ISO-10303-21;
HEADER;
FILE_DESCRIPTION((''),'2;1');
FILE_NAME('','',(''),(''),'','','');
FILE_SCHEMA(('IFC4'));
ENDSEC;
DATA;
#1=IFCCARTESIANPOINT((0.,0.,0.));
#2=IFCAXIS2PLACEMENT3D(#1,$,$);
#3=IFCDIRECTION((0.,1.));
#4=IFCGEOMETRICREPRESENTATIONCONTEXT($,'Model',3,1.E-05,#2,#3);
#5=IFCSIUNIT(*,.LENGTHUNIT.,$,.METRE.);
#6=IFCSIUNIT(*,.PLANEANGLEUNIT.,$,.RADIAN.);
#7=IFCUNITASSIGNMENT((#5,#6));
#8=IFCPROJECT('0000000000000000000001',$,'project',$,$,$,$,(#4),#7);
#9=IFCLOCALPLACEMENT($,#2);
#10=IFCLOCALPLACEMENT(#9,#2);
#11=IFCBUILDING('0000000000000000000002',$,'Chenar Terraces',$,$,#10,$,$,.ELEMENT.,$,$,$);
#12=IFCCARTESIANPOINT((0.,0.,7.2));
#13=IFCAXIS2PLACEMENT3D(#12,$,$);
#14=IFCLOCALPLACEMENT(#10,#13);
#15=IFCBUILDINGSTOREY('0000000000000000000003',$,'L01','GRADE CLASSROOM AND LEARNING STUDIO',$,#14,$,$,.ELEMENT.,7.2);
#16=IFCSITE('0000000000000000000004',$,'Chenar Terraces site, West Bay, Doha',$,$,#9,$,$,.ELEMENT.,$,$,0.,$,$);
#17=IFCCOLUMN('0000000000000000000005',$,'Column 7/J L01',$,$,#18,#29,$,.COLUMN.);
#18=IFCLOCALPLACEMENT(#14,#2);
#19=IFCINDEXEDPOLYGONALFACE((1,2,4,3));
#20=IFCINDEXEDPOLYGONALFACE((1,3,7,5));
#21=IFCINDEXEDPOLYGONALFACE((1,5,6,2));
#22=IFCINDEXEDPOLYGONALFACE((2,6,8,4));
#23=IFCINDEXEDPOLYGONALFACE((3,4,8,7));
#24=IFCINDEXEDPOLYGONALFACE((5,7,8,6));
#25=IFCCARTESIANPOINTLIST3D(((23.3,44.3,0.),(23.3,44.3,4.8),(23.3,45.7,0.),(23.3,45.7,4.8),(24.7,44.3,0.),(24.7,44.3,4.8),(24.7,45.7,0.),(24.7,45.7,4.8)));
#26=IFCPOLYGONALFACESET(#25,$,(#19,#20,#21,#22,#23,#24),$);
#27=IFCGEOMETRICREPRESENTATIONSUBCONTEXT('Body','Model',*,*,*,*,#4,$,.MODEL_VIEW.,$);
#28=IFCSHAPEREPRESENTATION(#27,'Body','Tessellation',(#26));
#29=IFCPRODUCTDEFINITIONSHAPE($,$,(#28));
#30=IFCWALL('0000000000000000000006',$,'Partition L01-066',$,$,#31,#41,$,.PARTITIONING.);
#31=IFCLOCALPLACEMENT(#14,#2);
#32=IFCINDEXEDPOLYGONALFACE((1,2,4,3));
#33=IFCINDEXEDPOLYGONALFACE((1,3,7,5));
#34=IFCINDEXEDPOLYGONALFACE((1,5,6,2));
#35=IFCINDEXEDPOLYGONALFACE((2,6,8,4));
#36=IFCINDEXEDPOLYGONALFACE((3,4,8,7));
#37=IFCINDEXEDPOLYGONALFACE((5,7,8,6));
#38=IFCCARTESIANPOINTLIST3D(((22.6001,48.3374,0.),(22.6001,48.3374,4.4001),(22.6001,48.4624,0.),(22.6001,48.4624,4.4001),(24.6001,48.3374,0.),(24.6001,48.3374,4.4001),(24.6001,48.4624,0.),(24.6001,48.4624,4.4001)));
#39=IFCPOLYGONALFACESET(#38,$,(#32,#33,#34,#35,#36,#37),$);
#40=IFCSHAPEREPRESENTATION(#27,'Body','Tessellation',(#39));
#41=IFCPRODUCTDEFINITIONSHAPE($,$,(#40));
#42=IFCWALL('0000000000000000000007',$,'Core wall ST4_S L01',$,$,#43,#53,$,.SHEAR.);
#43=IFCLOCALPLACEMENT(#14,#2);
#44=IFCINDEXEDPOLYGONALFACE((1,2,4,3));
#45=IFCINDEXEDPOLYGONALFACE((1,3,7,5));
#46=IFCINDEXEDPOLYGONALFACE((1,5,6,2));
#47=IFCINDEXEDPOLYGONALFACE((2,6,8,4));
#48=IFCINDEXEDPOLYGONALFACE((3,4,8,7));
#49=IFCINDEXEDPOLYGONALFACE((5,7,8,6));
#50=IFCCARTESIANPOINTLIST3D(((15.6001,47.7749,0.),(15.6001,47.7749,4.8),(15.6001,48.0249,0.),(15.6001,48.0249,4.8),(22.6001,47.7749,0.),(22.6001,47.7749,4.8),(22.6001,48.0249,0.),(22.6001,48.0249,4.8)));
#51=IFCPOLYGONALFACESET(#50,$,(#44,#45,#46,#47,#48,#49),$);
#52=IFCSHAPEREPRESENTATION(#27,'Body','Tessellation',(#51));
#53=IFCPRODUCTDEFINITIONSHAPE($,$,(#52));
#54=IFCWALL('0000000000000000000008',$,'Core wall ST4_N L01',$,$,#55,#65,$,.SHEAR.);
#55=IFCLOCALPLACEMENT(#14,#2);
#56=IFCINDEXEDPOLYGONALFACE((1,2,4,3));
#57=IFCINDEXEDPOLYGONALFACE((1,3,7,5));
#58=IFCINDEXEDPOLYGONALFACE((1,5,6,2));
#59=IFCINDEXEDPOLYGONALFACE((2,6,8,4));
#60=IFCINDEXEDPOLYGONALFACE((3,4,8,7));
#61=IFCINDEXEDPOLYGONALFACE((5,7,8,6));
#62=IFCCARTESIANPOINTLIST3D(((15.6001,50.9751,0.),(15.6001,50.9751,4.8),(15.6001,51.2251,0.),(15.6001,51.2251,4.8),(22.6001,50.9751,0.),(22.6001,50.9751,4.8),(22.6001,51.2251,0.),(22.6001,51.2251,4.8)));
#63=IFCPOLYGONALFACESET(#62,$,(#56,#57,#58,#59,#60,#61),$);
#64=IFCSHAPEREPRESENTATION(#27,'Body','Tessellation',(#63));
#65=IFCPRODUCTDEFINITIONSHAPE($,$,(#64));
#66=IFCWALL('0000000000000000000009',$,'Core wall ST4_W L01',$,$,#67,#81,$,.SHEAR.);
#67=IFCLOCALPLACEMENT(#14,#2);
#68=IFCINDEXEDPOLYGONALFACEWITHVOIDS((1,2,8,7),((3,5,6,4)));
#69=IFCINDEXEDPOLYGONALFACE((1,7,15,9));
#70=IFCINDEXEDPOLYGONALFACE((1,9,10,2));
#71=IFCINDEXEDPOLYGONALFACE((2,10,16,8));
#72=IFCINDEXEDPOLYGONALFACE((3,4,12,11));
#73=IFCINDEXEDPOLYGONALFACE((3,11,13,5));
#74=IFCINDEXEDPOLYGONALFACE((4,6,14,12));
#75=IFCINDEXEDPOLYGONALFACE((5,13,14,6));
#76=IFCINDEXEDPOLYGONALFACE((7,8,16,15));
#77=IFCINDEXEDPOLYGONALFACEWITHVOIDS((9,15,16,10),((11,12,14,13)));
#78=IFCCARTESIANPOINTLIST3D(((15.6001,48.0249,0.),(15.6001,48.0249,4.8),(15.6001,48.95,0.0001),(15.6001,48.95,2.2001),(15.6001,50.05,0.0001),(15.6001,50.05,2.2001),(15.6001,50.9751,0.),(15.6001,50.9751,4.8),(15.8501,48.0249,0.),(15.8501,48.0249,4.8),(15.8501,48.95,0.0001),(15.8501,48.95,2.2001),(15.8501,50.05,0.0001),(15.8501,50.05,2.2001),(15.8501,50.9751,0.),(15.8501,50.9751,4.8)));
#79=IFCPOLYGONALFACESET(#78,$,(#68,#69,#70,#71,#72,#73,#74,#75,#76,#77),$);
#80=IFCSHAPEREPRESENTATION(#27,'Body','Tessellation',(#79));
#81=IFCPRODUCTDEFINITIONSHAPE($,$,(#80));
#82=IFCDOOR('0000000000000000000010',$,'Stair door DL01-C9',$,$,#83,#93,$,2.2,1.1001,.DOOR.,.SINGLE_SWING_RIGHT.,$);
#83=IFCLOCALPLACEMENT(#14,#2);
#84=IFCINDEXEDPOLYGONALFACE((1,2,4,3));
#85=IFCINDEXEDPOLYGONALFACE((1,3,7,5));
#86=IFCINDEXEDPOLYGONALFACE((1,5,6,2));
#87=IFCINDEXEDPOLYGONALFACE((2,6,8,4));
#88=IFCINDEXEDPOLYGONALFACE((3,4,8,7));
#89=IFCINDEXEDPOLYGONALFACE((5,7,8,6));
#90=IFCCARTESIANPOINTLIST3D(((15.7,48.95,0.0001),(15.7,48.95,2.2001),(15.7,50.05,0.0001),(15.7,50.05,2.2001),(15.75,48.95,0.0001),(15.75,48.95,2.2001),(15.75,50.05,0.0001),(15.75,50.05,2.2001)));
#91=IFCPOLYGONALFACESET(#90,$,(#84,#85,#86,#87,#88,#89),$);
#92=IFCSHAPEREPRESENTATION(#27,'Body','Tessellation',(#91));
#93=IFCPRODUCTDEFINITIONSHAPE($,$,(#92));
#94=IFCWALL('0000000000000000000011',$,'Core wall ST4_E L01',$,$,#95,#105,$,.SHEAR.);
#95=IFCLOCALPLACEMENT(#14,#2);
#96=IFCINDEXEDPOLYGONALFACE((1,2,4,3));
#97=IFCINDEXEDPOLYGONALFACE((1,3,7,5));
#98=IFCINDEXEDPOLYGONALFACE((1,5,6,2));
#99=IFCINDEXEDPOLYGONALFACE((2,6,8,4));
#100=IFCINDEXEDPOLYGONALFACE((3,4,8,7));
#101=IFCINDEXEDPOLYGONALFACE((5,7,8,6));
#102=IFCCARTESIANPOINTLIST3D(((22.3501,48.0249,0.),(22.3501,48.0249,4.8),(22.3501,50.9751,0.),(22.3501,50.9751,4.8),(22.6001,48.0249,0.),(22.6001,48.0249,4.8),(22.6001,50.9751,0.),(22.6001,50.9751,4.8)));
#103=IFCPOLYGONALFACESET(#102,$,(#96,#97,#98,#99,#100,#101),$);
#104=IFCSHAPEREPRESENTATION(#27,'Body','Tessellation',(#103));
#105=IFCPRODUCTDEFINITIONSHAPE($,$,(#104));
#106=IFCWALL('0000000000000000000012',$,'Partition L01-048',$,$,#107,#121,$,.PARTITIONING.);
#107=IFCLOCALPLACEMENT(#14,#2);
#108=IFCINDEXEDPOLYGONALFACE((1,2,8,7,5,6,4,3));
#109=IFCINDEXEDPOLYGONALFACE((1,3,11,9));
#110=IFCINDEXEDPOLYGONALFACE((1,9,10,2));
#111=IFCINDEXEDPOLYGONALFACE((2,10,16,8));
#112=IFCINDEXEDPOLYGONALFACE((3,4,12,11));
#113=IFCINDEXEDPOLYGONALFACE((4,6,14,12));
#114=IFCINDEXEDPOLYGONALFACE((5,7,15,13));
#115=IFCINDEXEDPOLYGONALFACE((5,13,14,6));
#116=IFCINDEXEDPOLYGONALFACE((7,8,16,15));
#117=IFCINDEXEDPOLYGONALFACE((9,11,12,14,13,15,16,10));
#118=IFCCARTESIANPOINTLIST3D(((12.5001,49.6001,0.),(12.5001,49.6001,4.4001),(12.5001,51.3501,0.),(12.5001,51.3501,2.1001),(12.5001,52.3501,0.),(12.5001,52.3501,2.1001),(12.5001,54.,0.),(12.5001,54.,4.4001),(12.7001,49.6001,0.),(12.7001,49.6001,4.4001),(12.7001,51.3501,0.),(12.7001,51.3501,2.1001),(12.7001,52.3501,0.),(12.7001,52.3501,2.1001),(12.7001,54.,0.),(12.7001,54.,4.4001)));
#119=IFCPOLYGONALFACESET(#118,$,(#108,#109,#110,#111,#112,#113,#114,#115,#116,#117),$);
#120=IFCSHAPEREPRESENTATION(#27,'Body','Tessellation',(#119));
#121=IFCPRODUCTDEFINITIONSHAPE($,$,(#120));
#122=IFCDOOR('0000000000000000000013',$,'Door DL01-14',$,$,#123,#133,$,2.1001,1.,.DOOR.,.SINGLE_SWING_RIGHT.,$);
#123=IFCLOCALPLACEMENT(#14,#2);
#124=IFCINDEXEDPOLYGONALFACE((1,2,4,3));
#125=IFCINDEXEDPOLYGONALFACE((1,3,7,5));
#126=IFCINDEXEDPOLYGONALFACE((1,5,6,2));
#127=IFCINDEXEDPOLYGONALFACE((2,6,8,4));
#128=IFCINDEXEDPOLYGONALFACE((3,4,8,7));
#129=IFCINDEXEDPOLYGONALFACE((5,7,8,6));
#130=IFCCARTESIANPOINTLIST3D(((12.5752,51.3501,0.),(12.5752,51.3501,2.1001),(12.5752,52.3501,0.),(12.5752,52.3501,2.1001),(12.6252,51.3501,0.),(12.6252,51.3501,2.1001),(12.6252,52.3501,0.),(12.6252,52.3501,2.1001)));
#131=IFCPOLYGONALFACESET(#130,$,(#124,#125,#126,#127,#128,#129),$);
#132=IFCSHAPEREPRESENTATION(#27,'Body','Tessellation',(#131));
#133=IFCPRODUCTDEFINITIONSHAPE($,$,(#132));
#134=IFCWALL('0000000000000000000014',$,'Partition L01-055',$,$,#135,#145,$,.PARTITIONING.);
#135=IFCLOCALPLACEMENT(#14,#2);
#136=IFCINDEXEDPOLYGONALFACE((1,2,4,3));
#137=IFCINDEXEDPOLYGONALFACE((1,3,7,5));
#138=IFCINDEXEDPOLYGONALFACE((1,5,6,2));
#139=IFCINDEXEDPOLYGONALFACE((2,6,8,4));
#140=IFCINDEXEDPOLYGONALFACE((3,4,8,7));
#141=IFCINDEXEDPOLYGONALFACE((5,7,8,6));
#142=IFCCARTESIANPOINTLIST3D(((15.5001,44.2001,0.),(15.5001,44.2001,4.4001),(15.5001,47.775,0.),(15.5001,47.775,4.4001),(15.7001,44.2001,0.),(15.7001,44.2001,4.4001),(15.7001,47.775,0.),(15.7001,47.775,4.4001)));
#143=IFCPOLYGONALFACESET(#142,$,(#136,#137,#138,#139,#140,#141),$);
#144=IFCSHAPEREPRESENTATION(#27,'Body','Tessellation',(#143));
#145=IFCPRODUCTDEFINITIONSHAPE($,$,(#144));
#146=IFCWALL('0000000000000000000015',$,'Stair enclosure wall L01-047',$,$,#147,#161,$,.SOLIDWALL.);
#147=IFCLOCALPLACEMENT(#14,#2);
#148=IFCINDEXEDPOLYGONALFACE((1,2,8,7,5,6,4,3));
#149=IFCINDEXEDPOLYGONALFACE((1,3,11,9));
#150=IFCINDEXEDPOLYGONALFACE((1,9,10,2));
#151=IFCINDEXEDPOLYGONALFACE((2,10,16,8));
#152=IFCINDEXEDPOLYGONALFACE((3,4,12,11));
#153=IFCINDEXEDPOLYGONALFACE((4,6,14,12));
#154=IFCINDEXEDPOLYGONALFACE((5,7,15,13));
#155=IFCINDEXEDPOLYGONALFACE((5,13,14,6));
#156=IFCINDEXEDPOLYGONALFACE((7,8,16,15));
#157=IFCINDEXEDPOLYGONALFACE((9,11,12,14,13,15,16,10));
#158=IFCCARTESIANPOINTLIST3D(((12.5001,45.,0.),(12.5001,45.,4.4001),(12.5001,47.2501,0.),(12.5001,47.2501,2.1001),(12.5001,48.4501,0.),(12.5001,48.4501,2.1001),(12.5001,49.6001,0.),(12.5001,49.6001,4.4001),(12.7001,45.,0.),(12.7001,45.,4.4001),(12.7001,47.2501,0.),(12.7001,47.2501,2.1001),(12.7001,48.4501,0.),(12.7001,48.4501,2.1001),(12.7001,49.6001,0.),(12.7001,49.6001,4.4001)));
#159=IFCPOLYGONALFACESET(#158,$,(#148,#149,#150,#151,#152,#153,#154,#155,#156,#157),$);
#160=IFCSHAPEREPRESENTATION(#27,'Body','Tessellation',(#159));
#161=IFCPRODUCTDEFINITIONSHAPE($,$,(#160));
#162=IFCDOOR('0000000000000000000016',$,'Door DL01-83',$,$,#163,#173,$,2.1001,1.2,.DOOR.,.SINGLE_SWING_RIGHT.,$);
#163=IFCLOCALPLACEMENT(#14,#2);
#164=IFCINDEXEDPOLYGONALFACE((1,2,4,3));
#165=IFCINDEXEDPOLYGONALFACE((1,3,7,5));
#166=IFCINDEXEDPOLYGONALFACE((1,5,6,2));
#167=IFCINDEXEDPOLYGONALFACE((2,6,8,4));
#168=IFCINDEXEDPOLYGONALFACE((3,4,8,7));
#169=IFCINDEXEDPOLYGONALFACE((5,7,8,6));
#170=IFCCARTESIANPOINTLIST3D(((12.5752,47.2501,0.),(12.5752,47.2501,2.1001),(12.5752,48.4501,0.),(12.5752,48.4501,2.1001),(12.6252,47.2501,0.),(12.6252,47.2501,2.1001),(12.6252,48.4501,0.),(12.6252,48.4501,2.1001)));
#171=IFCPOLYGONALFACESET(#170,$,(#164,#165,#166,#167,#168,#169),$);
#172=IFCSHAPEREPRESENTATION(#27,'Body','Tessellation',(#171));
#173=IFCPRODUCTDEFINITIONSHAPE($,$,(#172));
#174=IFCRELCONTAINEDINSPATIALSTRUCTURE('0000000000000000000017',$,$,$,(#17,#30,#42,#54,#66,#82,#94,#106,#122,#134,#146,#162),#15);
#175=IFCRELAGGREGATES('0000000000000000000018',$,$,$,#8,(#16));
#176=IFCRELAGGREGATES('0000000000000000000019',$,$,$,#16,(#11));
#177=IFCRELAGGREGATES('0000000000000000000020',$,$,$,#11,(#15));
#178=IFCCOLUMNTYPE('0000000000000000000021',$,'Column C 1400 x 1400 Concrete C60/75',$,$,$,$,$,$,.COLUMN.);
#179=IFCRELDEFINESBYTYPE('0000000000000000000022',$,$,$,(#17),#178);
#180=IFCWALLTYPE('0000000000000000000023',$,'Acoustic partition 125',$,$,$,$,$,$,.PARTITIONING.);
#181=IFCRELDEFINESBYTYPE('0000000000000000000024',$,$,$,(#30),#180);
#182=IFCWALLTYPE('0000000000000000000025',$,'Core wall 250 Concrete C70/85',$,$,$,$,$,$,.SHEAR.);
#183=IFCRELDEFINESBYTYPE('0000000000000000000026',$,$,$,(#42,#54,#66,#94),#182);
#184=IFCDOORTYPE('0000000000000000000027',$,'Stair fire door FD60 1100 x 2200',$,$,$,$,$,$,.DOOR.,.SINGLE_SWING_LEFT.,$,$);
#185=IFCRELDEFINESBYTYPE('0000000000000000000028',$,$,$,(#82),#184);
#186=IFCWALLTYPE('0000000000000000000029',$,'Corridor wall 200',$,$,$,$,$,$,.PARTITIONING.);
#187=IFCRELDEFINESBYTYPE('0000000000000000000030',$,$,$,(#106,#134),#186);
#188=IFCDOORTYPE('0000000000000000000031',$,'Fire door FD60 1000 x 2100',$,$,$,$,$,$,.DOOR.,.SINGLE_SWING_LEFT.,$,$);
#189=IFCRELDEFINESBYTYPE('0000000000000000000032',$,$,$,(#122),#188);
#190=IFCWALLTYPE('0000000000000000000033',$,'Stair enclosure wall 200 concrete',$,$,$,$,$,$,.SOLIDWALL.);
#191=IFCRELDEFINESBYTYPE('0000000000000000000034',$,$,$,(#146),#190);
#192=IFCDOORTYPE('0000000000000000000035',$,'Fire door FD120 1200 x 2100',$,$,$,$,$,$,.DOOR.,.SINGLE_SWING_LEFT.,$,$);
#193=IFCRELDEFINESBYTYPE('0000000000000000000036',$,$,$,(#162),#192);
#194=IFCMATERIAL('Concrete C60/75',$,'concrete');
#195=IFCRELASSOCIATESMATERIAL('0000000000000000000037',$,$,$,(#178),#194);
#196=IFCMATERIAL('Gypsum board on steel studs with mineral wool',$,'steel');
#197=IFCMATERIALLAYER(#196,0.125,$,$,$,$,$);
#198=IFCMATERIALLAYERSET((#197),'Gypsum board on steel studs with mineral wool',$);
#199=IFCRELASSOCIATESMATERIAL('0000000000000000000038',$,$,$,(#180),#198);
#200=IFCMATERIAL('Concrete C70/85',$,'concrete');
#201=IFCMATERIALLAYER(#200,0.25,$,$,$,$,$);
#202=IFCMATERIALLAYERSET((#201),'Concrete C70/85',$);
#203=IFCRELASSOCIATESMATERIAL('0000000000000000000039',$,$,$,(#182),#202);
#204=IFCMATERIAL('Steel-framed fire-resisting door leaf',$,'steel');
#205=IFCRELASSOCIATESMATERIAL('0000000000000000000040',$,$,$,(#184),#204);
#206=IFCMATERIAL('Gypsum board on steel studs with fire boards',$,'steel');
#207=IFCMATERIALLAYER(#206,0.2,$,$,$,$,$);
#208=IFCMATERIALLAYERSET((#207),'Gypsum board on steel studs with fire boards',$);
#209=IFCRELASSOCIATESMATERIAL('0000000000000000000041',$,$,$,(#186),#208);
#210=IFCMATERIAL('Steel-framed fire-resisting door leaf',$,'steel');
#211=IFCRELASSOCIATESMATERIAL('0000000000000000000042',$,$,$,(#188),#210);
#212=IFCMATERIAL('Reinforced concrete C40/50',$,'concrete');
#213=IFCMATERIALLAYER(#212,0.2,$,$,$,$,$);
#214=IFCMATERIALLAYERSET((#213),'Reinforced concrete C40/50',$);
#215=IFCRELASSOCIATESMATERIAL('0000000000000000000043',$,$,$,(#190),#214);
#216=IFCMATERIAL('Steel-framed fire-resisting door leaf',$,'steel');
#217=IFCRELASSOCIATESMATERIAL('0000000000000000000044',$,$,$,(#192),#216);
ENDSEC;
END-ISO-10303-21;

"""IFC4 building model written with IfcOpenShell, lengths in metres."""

from ifc_helpers import new_model, si_unit, direction, frame, frame_2d, origin, origin_2d, place, context, subcontext, project, spatial, rectangle, extrude, material, layer, layer_set, material_profile, profile_set, type_object, element, fill, save


model = new_model("IFC4")

# Units and contexts
model_context = context("Model", 3, precision=1e-05, world=origin(), true_north=direction((0.0, 1.0)))
body_context = subcontext(model_context, "Body", "Model", "MODEL_VIEW")
ifc_project = project(units=[si_unit("LENGTHUNIT", "METRE"), si_unit("PLANEANGLEUNIT", "RADIAN")], contexts=[model_context])

# Site, building, storey
site_placement = place(None, origin())
site = spatial("IfcSite", under=ifc_project, at=site_placement, Name="Chenar Terraces site, West Bay, Doha", CompositionType="ELEMENT", RefElevation=0.0)
building_placement = place(site_placement, origin())
building = spatial("IfcBuilding", under=site, at=building_placement, Name="Chenar Terraces", CompositionType="ELEMENT")
storey_placement = place(building_placement, frame((0.0, 0.0, 7.2)))
storey = spatial("IfcBuildingStorey", under=building, at=storey_placement, Name="L01", Description="GRADE CLASSROOM AND LEARNING STUDIO", CompositionType="ELEMENT", Elevation=7.2)

# Column
ifc_material_1 = material(Name="Concrete C60/75", Category="concrete")
ifc_material_profile = material_profile(ifc_material_1, rectangle(XDim=1.3999, YDim=1.3999, at=origin_2d()), Name="C 1400 x 1400")
ifc_profile_set = profile_set([ifc_material_profile], Name="Concrete C60/75")
column_type = type_object("IfcColumnType", Name="Column C 1400 x 1400 Concrete C60/75", PredefinedType="COLUMN", material=ifc_profile_set)
column_placement = place(storey_placement, frame((24.0, 45.0, 0.0), z_axis=(0.0, 0.0, 1.0), x_axis=(1.0, 0.0, 0.0)))
element("IfcColumn", 1, at=column_placement, inside=storey, type_object=column_type, Name="Column 7/J L01", PredefinedType="COLUMN", context=body_context, shape_type="SweptSolid", body=[
    extrude(rectangle(XDim=1.3999, YDim=1.3999, at=origin_2d()), origin(), (0.0, 0.0, 1.0), 4.8),
])

# Walls
ifc_material_2 = material(Name="Gypsum board on steel studs with mineral wool", Category="steel")
ifc_layer_1 = layer(ifc_material_2, 0.125)
ifc_layer_set_1 = layer_set([ifc_layer_1], Name="Gypsum board on steel studs with mineral wool")
wall_type_1 = type_object("IfcWallType", Name="Acoustic partition 125", PredefinedType="PARTITIONING", material=ifc_layer_set_1)
wall_1_placement = place(storey_placement, frame((22.6001, 48.3999, 0.0), z_axis=(0.0, 0.0, 1.0), x_axis=(1.0, 0.0, 0.0)))
element("IfcWall", 2, at=wall_1_placement, inside=storey, type_object=wall_type_1, Name="Partition L01-066", PredefinedType="PARTITIONING", context=body_context, shape_type="SweptSolid", body=[
    extrude(rectangle(XDim=2.0, YDim=0.125, at=frame_2d((1.0, 0.0))), origin(), (0.0, 0.0, 1.0), 4.4001),
])
ifc_material_3 = material(Name="Concrete C70/85", Category="concrete")
ifc_layer_2 = layer(ifc_material_3, 0.25)
ifc_layer_set_2 = layer_set([ifc_layer_2], Name="Concrete C70/85")
wall_type_2 = type_object("IfcWallType", Name="Core wall 250 Concrete C70/85", PredefinedType="SHEAR", material=ifc_layer_set_2)
for number, where, z_axis, x_axis, name in (
    (3, (15.6001, 47.8999, 0.0), (0.0, 0.0, 1.0), (1.0, 0.0, 0.0), "Core wall ST4_S L01"),
    (4, (15.6001, 51.1001, 0.0), (0.0, 0.0, 1.0), (1.0, 0.0, 0.0), "Core wall ST4_N L01"),
):
    element("IfcWall", number, at=place(storey_placement, frame(where, z_axis=z_axis, x_axis=x_axis)), inside=storey, type_object=wall_type_2, Name=name, PredefinedType="SHEAR", context=body_context, shape_type="SweptSolid", body=[
        extrude(rectangle(XDim=7.0, YDim=0.25, at=frame_2d((3.5, 0.0))), origin(), (0.0, 0.0, 1.0), 4.8),
    ])

# Wall, opening, door
wall_2_placement = place(storey_placement, frame((15.7251, 48.0249, 0.0), z_axis=(0.0, 0.0, 1.0), x_axis=(0.0, 1.0, 0.0)))
wall_2 = element("IfcWall", 5, at=wall_2_placement, inside=storey, type_object=wall_type_2, Name="Core wall ST4_W L01", PredefinedType="SHEAR", context=body_context, shape_type="SweptSolid", body=[
    extrude(rectangle(XDim=2.9502, YDim=0.25, at=frame_2d((1.4751, 0.0))), origin(), (0.0, 0.0, 1.0), 4.8),
])
opening_1_placement = place(wall_2_placement, frame((0.925, 0.0, 0.0)))
opening_1 = element("IfcOpeningElement", 6, at=opening_1_placement, cuts=wall_2, PredefinedType="OPENING", context=body_context, shape_type="SweptSolid", body=[
    extrude(rectangle(XDim=1.1001, YDim=2.2, at=frame_2d((0.55, 1.1001))), frame((0.0, 0.135, 0.0), z_axis=(0.0, -1.0, 0.0), x_axis=(1.0, 0.0, 0.0)), (0.0, 0.0, 1.0), 0.27),
])
ifc_material_4 = material(Name="Steel-framed fire-resisting door leaf", Category="steel")
door_type_1 = type_object("IfcDoorType", Name="Stair fire door FD60 1100 x 2200", OperationType="SINGLE_SWING_LEFT", PredefinedType="DOOR", material=ifc_material_4)
door_1_placement = place(opening_1_placement, frame((1.1001, 0.0, 0.0), z_axis=(0.0, 0.0, 1.0), x_axis=(-1.0, 0.0, 0.0)))
door_1 = element("IfcDoor", 7, at=door_1_placement, inside=storey, type_object=door_type_1, Name="Stair door DL01-C9", OperationType="SINGLE_SWING_RIGHT", OverallHeight=2.2, OverallWidth=1.1001, PredefinedType="DOOR", context=body_context, shape_type="SweptSolid", body=[
    extrude(rectangle(XDim=1.1001, YDim=2.2, at=frame_2d((0.55, 1.1001))), frame((0.0, 0.0249, 0.0), z_axis=(0.0, -1.0, 0.0), x_axis=(1.0, 0.0, 0.0)), (0.0, 0.0, 1.0), 0.05),
])
fill(opening_1, door_1)

# Wall
wall_3_placement = place(storey_placement, frame((22.4751, 48.0249, 0.0), z_axis=(0.0, 0.0, 1.0), x_axis=(0.0, 1.0, 0.0)))
element("IfcWall", 8, at=wall_3_placement, inside=storey, type_object=wall_type_2, Name="Core wall ST4_E L01", PredefinedType="SHEAR", context=body_context, shape_type="SweptSolid", body=[
    extrude(rectangle(XDim=2.9502, YDim=0.25, at=frame_2d((1.4751, 0.0))), origin(), (0.0, 0.0, 1.0), 4.8),
])

# Wall, opening, door
ifc_material_5 = material(Name="Gypsum board on steel studs with fire boards", Category="steel")
ifc_layer_3 = layer(ifc_material_5, 0.2)
ifc_layer_set_3 = layer_set([ifc_layer_3], Name="Gypsum board on steel studs with fire boards")
wall_type_3 = type_object("IfcWallType", Name="Corridor wall 200", PredefinedType="PARTITIONING", material=ifc_layer_set_3)
wall_4_placement = place(storey_placement, frame((12.6001, 49.6001, 0.0), z_axis=(0.0, 0.0, 1.0), x_axis=(0.0, 1.0, 0.0)))
wall_4 = element("IfcWall", 9, at=wall_4_placement, inside=storey, type_object=wall_type_3, Name="Partition L01-048", PredefinedType="PARTITIONING", context=body_context, shape_type="SweptSolid", body=[
    extrude(rectangle(XDim=4.3999, YDim=0.2, at=frame_2d((2.2, 0.0))), origin(), (0.0, 0.0, 1.0), 4.4001),
])
opening_2_placement = place(wall_4_placement, frame((1.75, 0.0, 0.0)))
opening_2 = element("IfcOpeningElement", 10, at=opening_2_placement, cuts=wall_4, PredefinedType="OPENING", context=body_context, shape_type="SweptSolid", body=[
    extrude(rectangle(XDim=1.0, YDim=2.1001, at=frame_2d((0.5, 1.05))), frame((0.0, 0.1099, 0.0), z_axis=(0.0, -1.0, 0.0), x_axis=(1.0, 0.0, 0.0)), (0.0, 0.0, 1.0), 0.22),
])
ifc_material_6 = material(Name="Steel-framed fire-resisting door leaf", Category="steel")
door_type_2 = type_object("IfcDoorType", Name="Fire door FD60 1000 x 2100", OperationType="SINGLE_SWING_LEFT", PredefinedType="DOOR", material=ifc_material_6)
door_2_placement = place(opening_2_placement, origin())
door_2 = element("IfcDoor", 11, at=door_2_placement, inside=storey, type_object=door_type_2, Name="Door DL01-14", OperationType="SINGLE_SWING_RIGHT", OverallHeight=2.1001, OverallWidth=1.0, PredefinedType="DOOR", context=body_context, shape_type="SweptSolid", body=[
    extrude(rectangle(XDim=1.0, YDim=2.1001, at=frame_2d((0.5, 1.05))), frame((0.0, 0.0249, 0.0), z_axis=(0.0, -1.0, 0.0), x_axis=(1.0, 0.0, 0.0)), (0.0, 0.0, 1.0), 0.05),
])
fill(opening_2, door_2)

# Wall
wall_5_placement = place(storey_placement, frame((15.6001, 44.2, 0.0), z_axis=(0.0, 0.0, 1.0), x_axis=(0.0, 1.0, 0.0)))
element("IfcWall", 12, at=wall_5_placement, inside=storey, type_object=wall_type_3, Name="Partition L01-055", PredefinedType="PARTITIONING", context=body_context, shape_type="SweptSolid", body=[
    extrude(rectangle(XDim=3.575, YDim=0.2, at=frame_2d((1.7876, 0.0))), origin(), (0.0, 0.0, 1.0), 4.4001),
])

# Wall, opening, door
ifc_material_7 = material(Name="Reinforced concrete C40/50", Category="concrete")
ifc_layer_4 = layer(ifc_material_7, 0.2)
ifc_layer_set_4 = layer_set([ifc_layer_4], Name="Reinforced concrete C40/50")
wall_type_4 = type_object("IfcWallType", Name="Stair enclosure wall 200 concrete", PredefinedType="SOLIDWALL", material=ifc_layer_set_4)
wall_6_placement = place(storey_placement, frame((12.6001, 45.0, 0.0), z_axis=(0.0, 0.0, 1.0), x_axis=(0.0, 1.0, 0.0)))
wall_6 = element("IfcWall", 13, at=wall_6_placement, inside=storey, type_object=wall_type_4, Name="Stair enclosure wall L01-047", PredefinedType="SOLIDWALL", context=body_context, shape_type="SweptSolid", body=[
    extrude(rectangle(XDim=4.6001, YDim=0.2, at=frame_2d((2.3, 0.0))), origin(), (0.0, 0.0, 1.0), 4.4001),
])
opening_3_placement = place(wall_6_placement, frame((2.25, 0.0, 0.0)))
opening_3 = element("IfcOpeningElement", 14, at=opening_3_placement, cuts=wall_6, PredefinedType="OPENING", context=body_context, shape_type="SweptSolid", body=[
    extrude(rectangle(XDim=1.2, YDim=2.1001, at=frame_2d((0.6001, 1.05))), frame((0.0, 0.1099, 0.0), z_axis=(0.0, -1.0, 0.0), x_axis=(1.0, 0.0, 0.0)), (0.0, 0.0, 1.0), 0.22),
])
ifc_material_8 = material(Name="Steel-framed fire-resisting door leaf", Category="steel")
door_type_3 = type_object("IfcDoorType", Name="Fire door FD120 1200 x 2100", OperationType="SINGLE_SWING_LEFT", PredefinedType="DOOR", material=ifc_material_8)
door_3_placement = place(opening_3_placement, origin())
door_3 = element("IfcDoor", 15, at=door_3_placement, inside=storey, type_object=door_type_3, Name="Door DL01-83", OperationType="SINGLE_SWING_RIGHT", OverallHeight=2.1001, OverallWidth=1.2, PredefinedType="DOOR", context=body_context, shape_type="SweptSolid", body=[
    extrude(rectangle(XDim=1.2, YDim=2.1001, at=frame_2d((0.6001, 1.05))), frame((0.0, 0.0249, 0.0), z_axis=(0.0, -1.0, 0.0), x_axis=(1.0, 0.0, 0.0)), (0.0, 0.0, 1.0), 0.05),
])
fill(opening_3, door_3)

save(model, "model.ifc")
